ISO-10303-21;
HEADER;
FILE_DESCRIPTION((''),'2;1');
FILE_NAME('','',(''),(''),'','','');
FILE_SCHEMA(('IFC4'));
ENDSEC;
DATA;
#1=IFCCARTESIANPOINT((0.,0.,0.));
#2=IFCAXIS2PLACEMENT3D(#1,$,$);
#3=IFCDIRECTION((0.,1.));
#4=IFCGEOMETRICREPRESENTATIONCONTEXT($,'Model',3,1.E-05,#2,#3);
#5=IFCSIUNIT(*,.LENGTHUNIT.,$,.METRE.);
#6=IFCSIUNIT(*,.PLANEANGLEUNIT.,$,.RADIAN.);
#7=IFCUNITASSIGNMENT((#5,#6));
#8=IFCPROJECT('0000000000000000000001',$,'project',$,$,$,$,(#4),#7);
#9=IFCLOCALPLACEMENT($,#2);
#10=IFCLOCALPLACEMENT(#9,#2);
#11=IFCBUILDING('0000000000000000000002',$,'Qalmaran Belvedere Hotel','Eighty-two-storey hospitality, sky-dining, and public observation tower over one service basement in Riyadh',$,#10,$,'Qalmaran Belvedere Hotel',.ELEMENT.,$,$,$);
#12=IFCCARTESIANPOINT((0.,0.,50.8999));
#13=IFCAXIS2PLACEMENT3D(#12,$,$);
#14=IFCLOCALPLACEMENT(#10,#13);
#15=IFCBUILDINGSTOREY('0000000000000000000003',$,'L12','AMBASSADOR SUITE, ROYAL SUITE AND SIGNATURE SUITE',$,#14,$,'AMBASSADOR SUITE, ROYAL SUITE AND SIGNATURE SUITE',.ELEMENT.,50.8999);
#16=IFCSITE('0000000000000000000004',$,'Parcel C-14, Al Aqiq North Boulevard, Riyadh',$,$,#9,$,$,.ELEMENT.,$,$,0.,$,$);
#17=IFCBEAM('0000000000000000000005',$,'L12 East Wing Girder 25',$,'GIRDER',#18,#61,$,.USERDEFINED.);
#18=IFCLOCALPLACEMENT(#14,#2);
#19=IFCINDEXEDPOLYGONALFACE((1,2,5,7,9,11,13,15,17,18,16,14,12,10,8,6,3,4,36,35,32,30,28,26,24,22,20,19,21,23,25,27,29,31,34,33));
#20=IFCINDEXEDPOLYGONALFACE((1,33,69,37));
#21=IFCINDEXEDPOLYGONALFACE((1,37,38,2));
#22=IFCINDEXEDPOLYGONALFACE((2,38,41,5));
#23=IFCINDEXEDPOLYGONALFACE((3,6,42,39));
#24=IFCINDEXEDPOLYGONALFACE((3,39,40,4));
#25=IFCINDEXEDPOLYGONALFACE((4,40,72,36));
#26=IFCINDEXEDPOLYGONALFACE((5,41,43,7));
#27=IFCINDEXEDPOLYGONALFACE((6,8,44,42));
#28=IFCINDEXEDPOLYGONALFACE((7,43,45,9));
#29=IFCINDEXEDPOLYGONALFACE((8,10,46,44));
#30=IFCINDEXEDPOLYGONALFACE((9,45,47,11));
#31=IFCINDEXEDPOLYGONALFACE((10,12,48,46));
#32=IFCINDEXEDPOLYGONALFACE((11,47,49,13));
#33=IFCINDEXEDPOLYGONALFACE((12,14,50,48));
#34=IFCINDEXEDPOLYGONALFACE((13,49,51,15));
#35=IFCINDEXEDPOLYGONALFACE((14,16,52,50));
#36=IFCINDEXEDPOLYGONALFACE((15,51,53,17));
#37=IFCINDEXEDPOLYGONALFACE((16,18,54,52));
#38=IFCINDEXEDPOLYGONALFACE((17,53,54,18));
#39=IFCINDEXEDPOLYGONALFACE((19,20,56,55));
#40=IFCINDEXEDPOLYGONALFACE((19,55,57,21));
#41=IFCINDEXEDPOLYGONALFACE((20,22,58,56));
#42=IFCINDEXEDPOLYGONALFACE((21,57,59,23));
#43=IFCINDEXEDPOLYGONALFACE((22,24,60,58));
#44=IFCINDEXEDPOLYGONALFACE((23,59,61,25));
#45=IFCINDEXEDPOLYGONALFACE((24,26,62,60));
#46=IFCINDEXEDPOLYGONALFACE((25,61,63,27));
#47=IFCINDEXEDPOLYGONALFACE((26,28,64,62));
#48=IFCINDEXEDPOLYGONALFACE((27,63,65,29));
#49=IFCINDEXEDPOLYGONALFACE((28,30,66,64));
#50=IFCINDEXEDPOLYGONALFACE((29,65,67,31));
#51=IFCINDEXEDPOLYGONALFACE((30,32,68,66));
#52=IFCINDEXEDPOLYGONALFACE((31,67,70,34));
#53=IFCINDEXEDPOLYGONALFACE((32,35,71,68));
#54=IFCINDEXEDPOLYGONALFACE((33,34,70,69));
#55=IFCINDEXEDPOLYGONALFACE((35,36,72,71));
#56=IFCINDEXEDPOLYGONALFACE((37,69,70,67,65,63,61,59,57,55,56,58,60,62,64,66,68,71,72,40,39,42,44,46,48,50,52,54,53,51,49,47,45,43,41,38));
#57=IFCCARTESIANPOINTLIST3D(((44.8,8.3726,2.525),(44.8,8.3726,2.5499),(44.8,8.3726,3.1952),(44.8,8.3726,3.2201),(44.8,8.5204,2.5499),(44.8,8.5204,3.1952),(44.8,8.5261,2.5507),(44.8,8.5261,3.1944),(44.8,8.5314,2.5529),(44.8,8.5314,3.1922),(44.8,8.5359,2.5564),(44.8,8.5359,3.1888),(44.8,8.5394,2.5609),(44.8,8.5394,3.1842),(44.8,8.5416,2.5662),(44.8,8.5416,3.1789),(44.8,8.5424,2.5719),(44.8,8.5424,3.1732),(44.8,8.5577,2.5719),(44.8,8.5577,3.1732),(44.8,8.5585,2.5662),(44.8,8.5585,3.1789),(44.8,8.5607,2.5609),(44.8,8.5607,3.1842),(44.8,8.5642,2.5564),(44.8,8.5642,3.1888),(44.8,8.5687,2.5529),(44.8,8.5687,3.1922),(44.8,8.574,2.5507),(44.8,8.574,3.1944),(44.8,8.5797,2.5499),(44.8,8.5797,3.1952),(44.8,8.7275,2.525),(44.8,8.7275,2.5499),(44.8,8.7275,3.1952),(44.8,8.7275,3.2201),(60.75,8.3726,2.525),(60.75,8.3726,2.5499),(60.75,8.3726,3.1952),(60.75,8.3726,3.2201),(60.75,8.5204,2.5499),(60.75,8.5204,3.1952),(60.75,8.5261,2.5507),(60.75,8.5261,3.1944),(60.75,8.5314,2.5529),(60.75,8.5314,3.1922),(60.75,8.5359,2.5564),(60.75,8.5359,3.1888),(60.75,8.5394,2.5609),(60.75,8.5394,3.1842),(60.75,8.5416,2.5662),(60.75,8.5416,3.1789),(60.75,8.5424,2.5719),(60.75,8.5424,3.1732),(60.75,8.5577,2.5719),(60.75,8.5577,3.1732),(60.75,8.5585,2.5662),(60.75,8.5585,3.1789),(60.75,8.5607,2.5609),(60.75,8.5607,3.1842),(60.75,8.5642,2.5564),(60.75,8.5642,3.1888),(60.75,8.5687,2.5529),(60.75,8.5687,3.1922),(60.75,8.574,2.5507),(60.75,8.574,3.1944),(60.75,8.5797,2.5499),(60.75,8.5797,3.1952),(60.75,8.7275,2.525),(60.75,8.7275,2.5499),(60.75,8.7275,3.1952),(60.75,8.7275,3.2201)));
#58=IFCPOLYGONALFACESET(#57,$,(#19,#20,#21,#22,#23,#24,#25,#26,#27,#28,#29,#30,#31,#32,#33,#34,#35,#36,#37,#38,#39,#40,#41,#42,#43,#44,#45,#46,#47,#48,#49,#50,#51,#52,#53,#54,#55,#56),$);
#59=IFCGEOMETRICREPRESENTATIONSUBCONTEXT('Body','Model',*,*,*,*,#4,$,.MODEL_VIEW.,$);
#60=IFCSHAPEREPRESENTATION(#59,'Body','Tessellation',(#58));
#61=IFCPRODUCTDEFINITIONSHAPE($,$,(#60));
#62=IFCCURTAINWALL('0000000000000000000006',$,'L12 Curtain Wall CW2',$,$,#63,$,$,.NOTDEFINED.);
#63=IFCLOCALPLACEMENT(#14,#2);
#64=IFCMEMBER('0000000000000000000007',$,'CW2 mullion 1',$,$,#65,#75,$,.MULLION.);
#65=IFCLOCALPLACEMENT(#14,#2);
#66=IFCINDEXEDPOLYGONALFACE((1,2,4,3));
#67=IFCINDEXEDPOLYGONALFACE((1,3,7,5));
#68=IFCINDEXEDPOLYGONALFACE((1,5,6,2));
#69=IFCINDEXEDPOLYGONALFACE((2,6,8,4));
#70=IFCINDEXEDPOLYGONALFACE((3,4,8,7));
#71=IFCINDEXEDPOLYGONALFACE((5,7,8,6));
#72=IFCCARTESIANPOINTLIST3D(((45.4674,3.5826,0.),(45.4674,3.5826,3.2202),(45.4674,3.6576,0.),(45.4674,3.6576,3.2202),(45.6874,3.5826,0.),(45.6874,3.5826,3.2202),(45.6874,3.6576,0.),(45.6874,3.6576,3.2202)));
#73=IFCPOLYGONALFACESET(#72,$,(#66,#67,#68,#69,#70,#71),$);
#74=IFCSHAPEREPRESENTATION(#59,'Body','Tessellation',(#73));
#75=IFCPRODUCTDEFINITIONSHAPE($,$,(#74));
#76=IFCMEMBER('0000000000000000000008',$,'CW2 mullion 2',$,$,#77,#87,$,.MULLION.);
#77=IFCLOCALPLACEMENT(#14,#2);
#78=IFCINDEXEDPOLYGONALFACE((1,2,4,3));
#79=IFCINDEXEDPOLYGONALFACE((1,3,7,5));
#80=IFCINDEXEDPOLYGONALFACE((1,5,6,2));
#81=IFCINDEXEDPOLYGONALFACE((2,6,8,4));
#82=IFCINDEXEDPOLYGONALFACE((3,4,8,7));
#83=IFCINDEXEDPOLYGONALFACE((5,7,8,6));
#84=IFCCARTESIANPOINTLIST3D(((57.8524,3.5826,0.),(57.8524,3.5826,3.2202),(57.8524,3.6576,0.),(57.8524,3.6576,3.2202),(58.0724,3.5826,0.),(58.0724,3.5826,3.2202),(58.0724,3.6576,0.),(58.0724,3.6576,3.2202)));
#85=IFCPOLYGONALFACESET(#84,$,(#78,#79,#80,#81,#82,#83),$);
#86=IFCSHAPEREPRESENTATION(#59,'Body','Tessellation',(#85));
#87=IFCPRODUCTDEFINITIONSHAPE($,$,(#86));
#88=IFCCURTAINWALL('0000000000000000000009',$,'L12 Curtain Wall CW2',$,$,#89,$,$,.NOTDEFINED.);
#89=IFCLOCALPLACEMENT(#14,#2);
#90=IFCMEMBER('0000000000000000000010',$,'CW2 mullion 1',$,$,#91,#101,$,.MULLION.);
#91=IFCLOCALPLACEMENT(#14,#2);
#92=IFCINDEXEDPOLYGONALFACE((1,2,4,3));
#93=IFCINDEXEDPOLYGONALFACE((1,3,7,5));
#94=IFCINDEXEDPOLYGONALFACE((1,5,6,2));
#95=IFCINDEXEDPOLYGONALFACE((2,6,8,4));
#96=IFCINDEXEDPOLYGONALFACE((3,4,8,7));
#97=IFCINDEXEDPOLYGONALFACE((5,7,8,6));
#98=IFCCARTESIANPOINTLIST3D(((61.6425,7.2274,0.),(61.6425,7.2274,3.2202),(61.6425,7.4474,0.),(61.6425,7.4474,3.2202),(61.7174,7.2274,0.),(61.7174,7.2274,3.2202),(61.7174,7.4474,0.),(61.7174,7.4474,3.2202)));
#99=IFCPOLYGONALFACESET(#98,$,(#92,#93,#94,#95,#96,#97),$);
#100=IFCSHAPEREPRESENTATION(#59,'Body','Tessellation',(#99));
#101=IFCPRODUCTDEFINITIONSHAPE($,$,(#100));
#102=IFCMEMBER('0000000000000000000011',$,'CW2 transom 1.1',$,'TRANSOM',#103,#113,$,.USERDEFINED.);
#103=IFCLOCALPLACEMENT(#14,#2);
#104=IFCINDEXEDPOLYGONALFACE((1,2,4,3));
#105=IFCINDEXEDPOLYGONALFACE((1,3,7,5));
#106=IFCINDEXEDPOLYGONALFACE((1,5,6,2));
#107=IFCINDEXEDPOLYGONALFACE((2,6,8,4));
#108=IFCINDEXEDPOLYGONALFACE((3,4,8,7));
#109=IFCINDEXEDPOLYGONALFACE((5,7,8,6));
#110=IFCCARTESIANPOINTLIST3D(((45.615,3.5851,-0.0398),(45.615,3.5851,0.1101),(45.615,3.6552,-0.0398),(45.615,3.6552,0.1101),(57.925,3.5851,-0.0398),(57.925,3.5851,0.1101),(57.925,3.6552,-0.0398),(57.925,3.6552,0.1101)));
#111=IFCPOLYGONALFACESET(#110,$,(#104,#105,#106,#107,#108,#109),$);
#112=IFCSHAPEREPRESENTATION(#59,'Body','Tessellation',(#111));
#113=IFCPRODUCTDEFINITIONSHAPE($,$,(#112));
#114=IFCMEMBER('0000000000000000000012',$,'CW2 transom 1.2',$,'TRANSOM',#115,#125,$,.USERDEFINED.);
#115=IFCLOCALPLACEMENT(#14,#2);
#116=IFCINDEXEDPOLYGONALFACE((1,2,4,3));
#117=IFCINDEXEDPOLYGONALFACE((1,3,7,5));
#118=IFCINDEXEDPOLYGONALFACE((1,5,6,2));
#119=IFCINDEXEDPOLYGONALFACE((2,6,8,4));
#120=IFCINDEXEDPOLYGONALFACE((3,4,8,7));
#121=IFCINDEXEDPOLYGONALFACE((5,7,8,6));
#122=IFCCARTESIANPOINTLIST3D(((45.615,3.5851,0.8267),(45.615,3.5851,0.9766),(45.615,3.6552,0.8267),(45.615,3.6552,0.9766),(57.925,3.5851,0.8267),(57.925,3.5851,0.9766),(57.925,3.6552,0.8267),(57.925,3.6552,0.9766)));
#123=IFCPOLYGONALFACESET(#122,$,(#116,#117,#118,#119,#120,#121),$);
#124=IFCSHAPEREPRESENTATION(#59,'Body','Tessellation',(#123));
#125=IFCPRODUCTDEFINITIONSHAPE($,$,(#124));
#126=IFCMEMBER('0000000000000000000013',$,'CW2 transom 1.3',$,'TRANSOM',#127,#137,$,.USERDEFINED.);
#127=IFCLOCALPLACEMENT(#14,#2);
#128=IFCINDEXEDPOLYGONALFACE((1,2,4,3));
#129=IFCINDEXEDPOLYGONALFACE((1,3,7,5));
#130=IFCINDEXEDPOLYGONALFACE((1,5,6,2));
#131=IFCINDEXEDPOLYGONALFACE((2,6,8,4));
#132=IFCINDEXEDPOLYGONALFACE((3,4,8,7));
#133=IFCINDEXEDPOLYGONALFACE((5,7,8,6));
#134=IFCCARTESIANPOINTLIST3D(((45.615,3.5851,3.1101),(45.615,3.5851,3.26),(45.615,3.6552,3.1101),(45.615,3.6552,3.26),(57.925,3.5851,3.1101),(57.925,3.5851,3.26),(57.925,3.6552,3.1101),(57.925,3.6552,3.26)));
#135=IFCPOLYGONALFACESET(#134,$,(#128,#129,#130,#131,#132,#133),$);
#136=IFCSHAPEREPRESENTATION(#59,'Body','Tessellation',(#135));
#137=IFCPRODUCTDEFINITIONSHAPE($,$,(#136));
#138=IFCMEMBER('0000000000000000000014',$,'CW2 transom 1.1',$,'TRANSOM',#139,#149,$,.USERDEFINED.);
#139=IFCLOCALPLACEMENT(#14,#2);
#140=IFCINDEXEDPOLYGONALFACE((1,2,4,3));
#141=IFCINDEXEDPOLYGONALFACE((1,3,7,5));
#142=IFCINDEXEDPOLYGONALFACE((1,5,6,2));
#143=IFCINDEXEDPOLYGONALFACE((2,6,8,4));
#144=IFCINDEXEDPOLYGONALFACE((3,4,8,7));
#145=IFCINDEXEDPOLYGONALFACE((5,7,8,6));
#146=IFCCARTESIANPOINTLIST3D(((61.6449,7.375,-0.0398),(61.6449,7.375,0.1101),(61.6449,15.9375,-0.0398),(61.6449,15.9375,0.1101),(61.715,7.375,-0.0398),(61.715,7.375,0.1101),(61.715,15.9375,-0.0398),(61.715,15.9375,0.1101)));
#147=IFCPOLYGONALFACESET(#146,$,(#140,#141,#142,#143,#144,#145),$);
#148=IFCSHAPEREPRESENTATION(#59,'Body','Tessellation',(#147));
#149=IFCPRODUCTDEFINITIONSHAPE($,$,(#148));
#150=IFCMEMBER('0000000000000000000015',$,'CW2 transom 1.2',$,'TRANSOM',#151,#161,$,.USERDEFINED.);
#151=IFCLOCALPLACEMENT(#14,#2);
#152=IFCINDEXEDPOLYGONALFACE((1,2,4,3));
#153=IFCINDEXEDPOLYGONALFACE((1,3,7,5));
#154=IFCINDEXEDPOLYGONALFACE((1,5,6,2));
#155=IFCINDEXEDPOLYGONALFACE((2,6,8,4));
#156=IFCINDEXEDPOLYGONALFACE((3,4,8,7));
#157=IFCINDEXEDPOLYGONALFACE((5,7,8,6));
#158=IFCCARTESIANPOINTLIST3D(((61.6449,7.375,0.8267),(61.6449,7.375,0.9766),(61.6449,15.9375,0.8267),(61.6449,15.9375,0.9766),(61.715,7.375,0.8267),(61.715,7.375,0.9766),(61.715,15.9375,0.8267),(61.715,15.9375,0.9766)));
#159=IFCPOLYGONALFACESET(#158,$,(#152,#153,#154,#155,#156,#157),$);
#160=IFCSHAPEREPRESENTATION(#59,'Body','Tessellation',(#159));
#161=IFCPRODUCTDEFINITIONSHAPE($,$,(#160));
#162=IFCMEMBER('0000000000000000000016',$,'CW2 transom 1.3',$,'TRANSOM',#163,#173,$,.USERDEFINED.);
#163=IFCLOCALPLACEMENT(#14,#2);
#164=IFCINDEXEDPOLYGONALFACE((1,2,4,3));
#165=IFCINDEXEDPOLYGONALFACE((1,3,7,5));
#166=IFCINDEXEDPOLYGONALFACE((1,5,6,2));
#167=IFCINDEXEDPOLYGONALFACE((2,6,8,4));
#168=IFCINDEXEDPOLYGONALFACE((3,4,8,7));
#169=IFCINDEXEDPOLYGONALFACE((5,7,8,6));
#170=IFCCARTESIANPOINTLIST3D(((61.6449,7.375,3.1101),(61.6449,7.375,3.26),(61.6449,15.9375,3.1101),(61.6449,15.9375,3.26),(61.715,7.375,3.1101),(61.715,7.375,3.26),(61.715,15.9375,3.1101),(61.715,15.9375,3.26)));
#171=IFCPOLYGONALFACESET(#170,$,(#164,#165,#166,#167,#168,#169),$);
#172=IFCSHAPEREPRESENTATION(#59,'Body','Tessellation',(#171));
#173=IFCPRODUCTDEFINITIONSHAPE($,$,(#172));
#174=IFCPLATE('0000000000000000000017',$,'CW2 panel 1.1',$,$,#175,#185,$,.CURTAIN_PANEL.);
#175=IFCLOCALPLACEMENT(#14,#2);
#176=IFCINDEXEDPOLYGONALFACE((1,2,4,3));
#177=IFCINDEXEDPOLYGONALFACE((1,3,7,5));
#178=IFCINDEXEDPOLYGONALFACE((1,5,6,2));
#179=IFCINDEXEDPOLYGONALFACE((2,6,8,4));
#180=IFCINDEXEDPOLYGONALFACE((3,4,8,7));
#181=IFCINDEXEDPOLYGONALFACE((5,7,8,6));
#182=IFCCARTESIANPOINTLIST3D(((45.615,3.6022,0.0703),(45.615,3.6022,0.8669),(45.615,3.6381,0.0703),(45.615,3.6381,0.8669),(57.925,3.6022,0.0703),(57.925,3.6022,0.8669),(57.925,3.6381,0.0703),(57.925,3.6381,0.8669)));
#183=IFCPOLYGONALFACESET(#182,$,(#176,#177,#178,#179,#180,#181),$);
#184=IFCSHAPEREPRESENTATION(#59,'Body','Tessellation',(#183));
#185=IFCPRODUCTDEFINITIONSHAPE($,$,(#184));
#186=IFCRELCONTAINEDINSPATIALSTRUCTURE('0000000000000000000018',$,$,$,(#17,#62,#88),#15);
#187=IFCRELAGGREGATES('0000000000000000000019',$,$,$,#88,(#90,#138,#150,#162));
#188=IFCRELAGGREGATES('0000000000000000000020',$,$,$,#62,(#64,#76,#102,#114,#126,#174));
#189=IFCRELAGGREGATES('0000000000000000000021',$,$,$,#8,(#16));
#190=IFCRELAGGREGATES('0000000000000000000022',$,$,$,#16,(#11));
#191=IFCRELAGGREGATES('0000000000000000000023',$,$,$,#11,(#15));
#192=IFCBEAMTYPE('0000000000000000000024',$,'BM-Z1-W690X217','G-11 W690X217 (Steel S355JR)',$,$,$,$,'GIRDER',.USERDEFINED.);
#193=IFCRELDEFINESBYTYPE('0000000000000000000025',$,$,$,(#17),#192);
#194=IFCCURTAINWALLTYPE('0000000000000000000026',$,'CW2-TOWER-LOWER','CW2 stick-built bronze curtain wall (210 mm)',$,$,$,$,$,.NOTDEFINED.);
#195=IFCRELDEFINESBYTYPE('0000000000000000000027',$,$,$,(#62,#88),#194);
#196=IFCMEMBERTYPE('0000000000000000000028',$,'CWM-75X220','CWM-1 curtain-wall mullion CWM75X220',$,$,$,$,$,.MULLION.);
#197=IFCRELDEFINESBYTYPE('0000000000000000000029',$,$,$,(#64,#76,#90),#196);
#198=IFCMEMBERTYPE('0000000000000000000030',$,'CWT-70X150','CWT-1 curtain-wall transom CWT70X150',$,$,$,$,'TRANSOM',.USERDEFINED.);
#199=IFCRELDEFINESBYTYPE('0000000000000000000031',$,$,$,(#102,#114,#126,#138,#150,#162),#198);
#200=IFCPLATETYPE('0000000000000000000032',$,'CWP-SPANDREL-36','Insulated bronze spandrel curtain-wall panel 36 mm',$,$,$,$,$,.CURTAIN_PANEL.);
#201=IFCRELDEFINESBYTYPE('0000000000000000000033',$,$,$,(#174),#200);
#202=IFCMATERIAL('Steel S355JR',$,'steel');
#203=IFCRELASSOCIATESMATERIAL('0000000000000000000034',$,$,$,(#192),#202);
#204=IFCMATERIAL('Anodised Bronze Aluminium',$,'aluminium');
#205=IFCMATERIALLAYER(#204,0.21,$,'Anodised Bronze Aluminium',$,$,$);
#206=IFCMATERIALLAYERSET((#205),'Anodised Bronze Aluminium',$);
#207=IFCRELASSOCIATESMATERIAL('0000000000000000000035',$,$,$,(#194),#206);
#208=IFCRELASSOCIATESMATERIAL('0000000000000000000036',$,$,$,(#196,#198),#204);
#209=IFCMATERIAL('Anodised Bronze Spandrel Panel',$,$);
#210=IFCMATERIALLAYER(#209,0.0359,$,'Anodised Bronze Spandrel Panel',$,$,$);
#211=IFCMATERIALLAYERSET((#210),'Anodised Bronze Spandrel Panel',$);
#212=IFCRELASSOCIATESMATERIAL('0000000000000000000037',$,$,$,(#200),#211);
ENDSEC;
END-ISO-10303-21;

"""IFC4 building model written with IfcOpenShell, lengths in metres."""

from ifc_helpers import new_model, si_unit, direction, frame, origin, origin_2d, place, context, subcontext, project, spatial, rectangle, i_section, extrude, material, layer, layer_set, material_profile, profile_set, type_object, element, aggregate, save


model = new_model("IFC4")

# Units and contexts
model_context = context("Model", 3, precision=1e-05, world=origin(), true_north=direction((0.0, 1.0)))
body_context = subcontext(model_context, "Body", "Model", "MODEL_VIEW")
ifc_project = project(units=[si_unit("LENGTHUNIT", "METRE"), si_unit("PLANEANGLEUNIT", "RADIAN")], contexts=[model_context])

# Site, building, storey
site_placement = place(None, origin())
site = spatial("IfcSite", under=ifc_project, at=site_placement, Name="Parcel C-14, Al Aqiq North Boulevard, Riyadh", CompositionType="ELEMENT", RefElevation=0.0)
building_placement = place(site_placement, origin())
building = spatial("IfcBuilding", under=site, at=building_placement, Name="Qalmaran Belvedere Hotel", Description="Eighty-two-storey hospitality, sky-dining, and public observation tower over one service basement in Riyadh", LongName="Qalmaran Belvedere Hotel", CompositionType="ELEMENT")
storey_placement = place(building_placement, frame((0.0, 0.0, 50.8999)))
storey = spatial("IfcBuildingStorey", under=building, at=storey_placement, Name="L12", Description="AMBASSADOR SUITE, ROYAL SUITE AND SIGNATURE SUITE", LongName="AMBASSADOR SUITE, ROYAL SUITE AND SIGNATURE SUITE", CompositionType="ELEMENT", Elevation=50.8999)

# Beam
ifc_material_1 = material(Name="Steel S355JR", Category="steel")
ifc_material_profile_1 = material_profile(ifc_material_1, i_section(OverallWidth=0.355, OverallDepth=0.6951, WebThickness=0.0154, FlangeThickness=0.0249, FilletRadius=0.022, at=origin_2d()), Name="W690X217")
ifc_profile_set_1 = profile_set([ifc_material_profile_1], Name="Steel S355JR")
beam_type_1 = type_object("IfcBeamType", Name="BM-Z1-W690X217", Description="G-11 W690X217 (Steel S355JR)", ElementType="GIRDER", PredefinedType="USERDEFINED", material=ifc_profile_set_1)
beam_1_placement = place(storey_placement, frame((44.8, 8.55, 2.8726), z_axis=(1.0, 0.0, 0.0), x_axis=(0.0, 1.0, 0.0)))
element("IfcBeam", 1, at=beam_1_placement, inside=storey, type_object=beam_type_1, Name="L12 East Wing Girder 25", ObjectType="GIRDER", PredefinedType="USERDEFINED", context=body_context, shape_type="SweptSolid", body=[
    extrude(i_section(OverallWidth=0.355, OverallDepth=0.6951, WebThickness=0.0154, FlangeThickness=0.0249, FilletRadius=0.022, at=origin_2d()), origin(), (0.0, 0.0, 1.0), 15.95),
])

# Curtain wall, members
ifc_material_2 = material(Name="Anodised Bronze Aluminium", Category="aluminium")
ifc_layer_1 = layer(ifc_material_2, 0.21, Name="Anodised Bronze Aluminium")
ifc_layer_set_1 = layer_set([ifc_layer_1], Name="Anodised Bronze Aluminium")
curtain_wall_type = type_object("IfcCurtainWallType", Name="CW2-TOWER-LOWER", Description="CW2 stick-built bronze curtain wall (210 mm)", PredefinedType="NOTDEFINED", material=ifc_layer_set_1)
curtain_wall_1_placement = place(storey_placement, origin())
curtain_wall_1 = element("IfcCurtainWall", 2, at=curtain_wall_1_placement, inside=storey, type_object=curtain_wall_type, Name="L12 Curtain Wall CW2", PredefinedType="NOTDEFINED")
ifc_material_profile_2 = material_profile(ifc_material_2, rectangle(XDim=0.075, YDim=0.22, at=origin_2d()), Name="CWM75X220")
ifc_profile_set_2 = profile_set([ifc_material_profile_2], Name="Anodised Bronze Aluminium")
member_type_1 = type_object("IfcMemberType", Name="CWM-75X220", Description="CWM-1 curtain-wall mullion CWM75X220", PredefinedType="MULLION", material=ifc_profile_set_2)
member_1_placement = place(storey_placement, frame((45.5774, 3.6201, 0.0), z_axis=(0.0, 0.0, 1.0), x_axis=(0.0, 1.0, 0.0)))
member_1 = element("IfcMember", 3, at=member_1_placement, type_object=member_type_1, Name="CW2 mullion 1", PredefinedType="MULLION", context=body_context, shape_type="SweptSolid", body=[
    extrude(rectangle(XDim=0.075, YDim=0.22, at=origin_2d()), origin(), (0.0, 0.0, 1.0), 3.2202),
])
member_2_placement = place(storey_placement, frame((57.9624, 3.6201, 0.0), z_axis=(0.0, 0.0, 1.0), x_axis=(0.0, 1.0, 0.0)))
member_2 = element("IfcMember", 4, at=member_2_placement, type_object=member_type_1, Name="CW2 mullion 2", PredefinedType="MULLION", context=body_context, shape_type="SweptSolid", body=[
    extrude(rectangle(XDim=0.075, YDim=0.22, at=origin_2d()), origin(), (0.0, 0.0, 1.0), 3.2202),
])

# Curtain wall, member
curtain_wall_2_placement = place(storey_placement, origin())
curtain_wall_2 = element("IfcCurtainWall", 5, at=curtain_wall_2_placement, inside=storey, type_object=curtain_wall_type, Name="L12 Curtain Wall CW2", PredefinedType="NOTDEFINED")
member_3_placement = place(storey_placement, frame((61.6799, 7.3374, 0.0), z_axis=(0.0, 0.0, 1.0), x_axis=(-1.0, 0.0, 0.0)))
member_3 = element("IfcMember", 6, at=member_3_placement, type_object=member_type_1, Name="CW2 mullion 1", PredefinedType="MULLION", context=body_context, shape_type="SweptSolid", body=[
    extrude(rectangle(XDim=0.075, YDim=0.22, at=origin_2d()), origin(), (0.0, 0.0, 1.0), 3.2202),
])

# Members
ifc_material_profile_3 = material_profile(ifc_material_2, rectangle(XDim=0.0701, YDim=0.1499, at=origin_2d()), Name="CWT70X150")
ifc_profile_set_3 = profile_set([ifc_material_profile_3], Name="Anodised Bronze Aluminium")
member_type_2 = type_object("IfcMemberType", Name="CWT-70X150", Description="CWT-1 curtain-wall transom CWT70X150", ElementType="TRANSOM", PredefinedType="USERDEFINED", material=ifc_profile_set_3)
member_4_placement = place(storey_placement, frame((45.615, 3.6201, 0.0352), z_axis=(1.0, 0.0, 0.0), x_axis=(0.0, 1.0, 0.0)))
member_4 = element("IfcMember", 7, at=member_4_placement, type_object=member_type_2, Name="CW2 transom 1.1", ObjectType="TRANSOM", PredefinedType="USERDEFINED", context=body_context, shape_type="SweptSolid", body=[
    extrude(rectangle(XDim=0.0701, YDim=0.1499, at=origin_2d()), origin(), (0.0, 0.0, 1.0), 12.3101),
])
member_5_placement = place(storey_placement, frame((45.615, 3.6201, 0.9016), z_axis=(1.0, 0.0, 0.0), x_axis=(0.0, 1.0, 0.0)))
member_5 = element("IfcMember", 8, at=member_5_placement, type_object=member_type_2, Name="CW2 transom 1.2", ObjectType="TRANSOM", PredefinedType="USERDEFINED", context=body_context, shape_type="SweptSolid", body=[
    extrude(rectangle(XDim=0.0701, YDim=0.1499, at=origin_2d()), origin(), (0.0, 0.0, 1.0), 12.3101),
])
member_6_placement = place(storey_placement, frame((45.615, 3.6201, 3.1851), z_axis=(1.0, 0.0, 0.0), x_axis=(0.0, 1.0, 0.0)))
member_6 = element("IfcMember", 9, at=member_6_placement, type_object=member_type_2, Name="CW2 transom 1.3", ObjectType="TRANSOM", PredefinedType="USERDEFINED", context=body_context, shape_type="SweptSolid", body=[
    extrude(rectangle(XDim=0.0701, YDim=0.1499, at=origin_2d()), origin(), (0.0, 0.0, 1.0), 12.3101),
])
member_7_placement = place(storey_placement, frame((61.6799, 7.375, 0.0352), z_axis=(0.0, 1.0, 0.0), x_axis=(-1.0, 0.0, 0.0)))
member_7 = element("IfcMember", 10, at=member_7_placement, type_object=member_type_2, Name="CW2 transom 1.1", ObjectType="TRANSOM", PredefinedType="USERDEFINED", context=body_context, shape_type="SweptSolid", body=[
    extrude(rectangle(XDim=0.0701, YDim=0.1499, at=origin_2d()), origin(), (0.0, 0.0, 1.0), 8.5625),
])
member_8_placement = place(storey_placement, frame((61.6799, 7.375, 0.9016), z_axis=(0.0, 1.0, 0.0), x_axis=(-1.0, 0.0, 0.0)))
member_8 = element("IfcMember", 11, at=member_8_placement, type_object=member_type_2, Name="CW2 transom 1.2", ObjectType="TRANSOM", PredefinedType="USERDEFINED", context=body_context, shape_type="SweptSolid", body=[
    extrude(rectangle(XDim=0.0701, YDim=0.1499, at=origin_2d()), origin(), (0.0, 0.0, 1.0), 8.5625),
])
member_9_placement = place(storey_placement, frame((61.6799, 7.375, 3.1851), z_axis=(0.0, 1.0, 0.0), x_axis=(-1.0, 0.0, 0.0)))
member_9 = element("IfcMember", 12, at=member_9_placement, type_object=member_type_2, Name="CW2 transom 1.3", ObjectType="TRANSOM", PredefinedType="USERDEFINED", context=body_context, shape_type="SweptSolid", body=[
    extrude(rectangle(XDim=0.0701, YDim=0.1499, at=origin_2d()), origin(), (0.0, 0.0, 1.0), 8.5625),
])
aggregate(curtain_wall_2, [member_3, member_7, member_8, member_9])

# Plate
ifc_material_3 = material(Name="Anodised Bronze Spandrel Panel")
ifc_layer_2 = layer(ifc_material_3, 0.0359, Name="Anodised Bronze Spandrel Panel")
ifc_layer_set_2 = layer_set([ifc_layer_2], Name="Anodised Bronze Spandrel Panel")
plate_type_1 = type_object("IfcPlateType", Name="CWP-SPANDREL-36", Description="Insulated bronze spandrel curtain-wall panel 36 mm", PredefinedType="CURTAIN_PANEL", material=ifc_layer_set_2)
plate_1_placement = place(storey_placement, frame((51.77, 3.6201, 0.0703), z_axis=(0.0, 0.0, 1.0), x_axis=(1.0, 0.0, 0.0)))
plate_1 = element("IfcPlate", 13, at=plate_1_placement, type_object=plate_type_1, Name="CW2 panel 1.1", PredefinedType="CURTAIN_PANEL", context=body_context, shape_type="SweptSolid", body=[
    extrude(rectangle(XDim=12.3101, YDim=0.0359, at=origin_2d()), origin(), (0.0, 0.0, 1.0), 0.7966),
])
aggregate(curtain_wall_1, [member_1, member_2, member_4, member_5, member_6, plate_1])

save(model, "model.ifc")
